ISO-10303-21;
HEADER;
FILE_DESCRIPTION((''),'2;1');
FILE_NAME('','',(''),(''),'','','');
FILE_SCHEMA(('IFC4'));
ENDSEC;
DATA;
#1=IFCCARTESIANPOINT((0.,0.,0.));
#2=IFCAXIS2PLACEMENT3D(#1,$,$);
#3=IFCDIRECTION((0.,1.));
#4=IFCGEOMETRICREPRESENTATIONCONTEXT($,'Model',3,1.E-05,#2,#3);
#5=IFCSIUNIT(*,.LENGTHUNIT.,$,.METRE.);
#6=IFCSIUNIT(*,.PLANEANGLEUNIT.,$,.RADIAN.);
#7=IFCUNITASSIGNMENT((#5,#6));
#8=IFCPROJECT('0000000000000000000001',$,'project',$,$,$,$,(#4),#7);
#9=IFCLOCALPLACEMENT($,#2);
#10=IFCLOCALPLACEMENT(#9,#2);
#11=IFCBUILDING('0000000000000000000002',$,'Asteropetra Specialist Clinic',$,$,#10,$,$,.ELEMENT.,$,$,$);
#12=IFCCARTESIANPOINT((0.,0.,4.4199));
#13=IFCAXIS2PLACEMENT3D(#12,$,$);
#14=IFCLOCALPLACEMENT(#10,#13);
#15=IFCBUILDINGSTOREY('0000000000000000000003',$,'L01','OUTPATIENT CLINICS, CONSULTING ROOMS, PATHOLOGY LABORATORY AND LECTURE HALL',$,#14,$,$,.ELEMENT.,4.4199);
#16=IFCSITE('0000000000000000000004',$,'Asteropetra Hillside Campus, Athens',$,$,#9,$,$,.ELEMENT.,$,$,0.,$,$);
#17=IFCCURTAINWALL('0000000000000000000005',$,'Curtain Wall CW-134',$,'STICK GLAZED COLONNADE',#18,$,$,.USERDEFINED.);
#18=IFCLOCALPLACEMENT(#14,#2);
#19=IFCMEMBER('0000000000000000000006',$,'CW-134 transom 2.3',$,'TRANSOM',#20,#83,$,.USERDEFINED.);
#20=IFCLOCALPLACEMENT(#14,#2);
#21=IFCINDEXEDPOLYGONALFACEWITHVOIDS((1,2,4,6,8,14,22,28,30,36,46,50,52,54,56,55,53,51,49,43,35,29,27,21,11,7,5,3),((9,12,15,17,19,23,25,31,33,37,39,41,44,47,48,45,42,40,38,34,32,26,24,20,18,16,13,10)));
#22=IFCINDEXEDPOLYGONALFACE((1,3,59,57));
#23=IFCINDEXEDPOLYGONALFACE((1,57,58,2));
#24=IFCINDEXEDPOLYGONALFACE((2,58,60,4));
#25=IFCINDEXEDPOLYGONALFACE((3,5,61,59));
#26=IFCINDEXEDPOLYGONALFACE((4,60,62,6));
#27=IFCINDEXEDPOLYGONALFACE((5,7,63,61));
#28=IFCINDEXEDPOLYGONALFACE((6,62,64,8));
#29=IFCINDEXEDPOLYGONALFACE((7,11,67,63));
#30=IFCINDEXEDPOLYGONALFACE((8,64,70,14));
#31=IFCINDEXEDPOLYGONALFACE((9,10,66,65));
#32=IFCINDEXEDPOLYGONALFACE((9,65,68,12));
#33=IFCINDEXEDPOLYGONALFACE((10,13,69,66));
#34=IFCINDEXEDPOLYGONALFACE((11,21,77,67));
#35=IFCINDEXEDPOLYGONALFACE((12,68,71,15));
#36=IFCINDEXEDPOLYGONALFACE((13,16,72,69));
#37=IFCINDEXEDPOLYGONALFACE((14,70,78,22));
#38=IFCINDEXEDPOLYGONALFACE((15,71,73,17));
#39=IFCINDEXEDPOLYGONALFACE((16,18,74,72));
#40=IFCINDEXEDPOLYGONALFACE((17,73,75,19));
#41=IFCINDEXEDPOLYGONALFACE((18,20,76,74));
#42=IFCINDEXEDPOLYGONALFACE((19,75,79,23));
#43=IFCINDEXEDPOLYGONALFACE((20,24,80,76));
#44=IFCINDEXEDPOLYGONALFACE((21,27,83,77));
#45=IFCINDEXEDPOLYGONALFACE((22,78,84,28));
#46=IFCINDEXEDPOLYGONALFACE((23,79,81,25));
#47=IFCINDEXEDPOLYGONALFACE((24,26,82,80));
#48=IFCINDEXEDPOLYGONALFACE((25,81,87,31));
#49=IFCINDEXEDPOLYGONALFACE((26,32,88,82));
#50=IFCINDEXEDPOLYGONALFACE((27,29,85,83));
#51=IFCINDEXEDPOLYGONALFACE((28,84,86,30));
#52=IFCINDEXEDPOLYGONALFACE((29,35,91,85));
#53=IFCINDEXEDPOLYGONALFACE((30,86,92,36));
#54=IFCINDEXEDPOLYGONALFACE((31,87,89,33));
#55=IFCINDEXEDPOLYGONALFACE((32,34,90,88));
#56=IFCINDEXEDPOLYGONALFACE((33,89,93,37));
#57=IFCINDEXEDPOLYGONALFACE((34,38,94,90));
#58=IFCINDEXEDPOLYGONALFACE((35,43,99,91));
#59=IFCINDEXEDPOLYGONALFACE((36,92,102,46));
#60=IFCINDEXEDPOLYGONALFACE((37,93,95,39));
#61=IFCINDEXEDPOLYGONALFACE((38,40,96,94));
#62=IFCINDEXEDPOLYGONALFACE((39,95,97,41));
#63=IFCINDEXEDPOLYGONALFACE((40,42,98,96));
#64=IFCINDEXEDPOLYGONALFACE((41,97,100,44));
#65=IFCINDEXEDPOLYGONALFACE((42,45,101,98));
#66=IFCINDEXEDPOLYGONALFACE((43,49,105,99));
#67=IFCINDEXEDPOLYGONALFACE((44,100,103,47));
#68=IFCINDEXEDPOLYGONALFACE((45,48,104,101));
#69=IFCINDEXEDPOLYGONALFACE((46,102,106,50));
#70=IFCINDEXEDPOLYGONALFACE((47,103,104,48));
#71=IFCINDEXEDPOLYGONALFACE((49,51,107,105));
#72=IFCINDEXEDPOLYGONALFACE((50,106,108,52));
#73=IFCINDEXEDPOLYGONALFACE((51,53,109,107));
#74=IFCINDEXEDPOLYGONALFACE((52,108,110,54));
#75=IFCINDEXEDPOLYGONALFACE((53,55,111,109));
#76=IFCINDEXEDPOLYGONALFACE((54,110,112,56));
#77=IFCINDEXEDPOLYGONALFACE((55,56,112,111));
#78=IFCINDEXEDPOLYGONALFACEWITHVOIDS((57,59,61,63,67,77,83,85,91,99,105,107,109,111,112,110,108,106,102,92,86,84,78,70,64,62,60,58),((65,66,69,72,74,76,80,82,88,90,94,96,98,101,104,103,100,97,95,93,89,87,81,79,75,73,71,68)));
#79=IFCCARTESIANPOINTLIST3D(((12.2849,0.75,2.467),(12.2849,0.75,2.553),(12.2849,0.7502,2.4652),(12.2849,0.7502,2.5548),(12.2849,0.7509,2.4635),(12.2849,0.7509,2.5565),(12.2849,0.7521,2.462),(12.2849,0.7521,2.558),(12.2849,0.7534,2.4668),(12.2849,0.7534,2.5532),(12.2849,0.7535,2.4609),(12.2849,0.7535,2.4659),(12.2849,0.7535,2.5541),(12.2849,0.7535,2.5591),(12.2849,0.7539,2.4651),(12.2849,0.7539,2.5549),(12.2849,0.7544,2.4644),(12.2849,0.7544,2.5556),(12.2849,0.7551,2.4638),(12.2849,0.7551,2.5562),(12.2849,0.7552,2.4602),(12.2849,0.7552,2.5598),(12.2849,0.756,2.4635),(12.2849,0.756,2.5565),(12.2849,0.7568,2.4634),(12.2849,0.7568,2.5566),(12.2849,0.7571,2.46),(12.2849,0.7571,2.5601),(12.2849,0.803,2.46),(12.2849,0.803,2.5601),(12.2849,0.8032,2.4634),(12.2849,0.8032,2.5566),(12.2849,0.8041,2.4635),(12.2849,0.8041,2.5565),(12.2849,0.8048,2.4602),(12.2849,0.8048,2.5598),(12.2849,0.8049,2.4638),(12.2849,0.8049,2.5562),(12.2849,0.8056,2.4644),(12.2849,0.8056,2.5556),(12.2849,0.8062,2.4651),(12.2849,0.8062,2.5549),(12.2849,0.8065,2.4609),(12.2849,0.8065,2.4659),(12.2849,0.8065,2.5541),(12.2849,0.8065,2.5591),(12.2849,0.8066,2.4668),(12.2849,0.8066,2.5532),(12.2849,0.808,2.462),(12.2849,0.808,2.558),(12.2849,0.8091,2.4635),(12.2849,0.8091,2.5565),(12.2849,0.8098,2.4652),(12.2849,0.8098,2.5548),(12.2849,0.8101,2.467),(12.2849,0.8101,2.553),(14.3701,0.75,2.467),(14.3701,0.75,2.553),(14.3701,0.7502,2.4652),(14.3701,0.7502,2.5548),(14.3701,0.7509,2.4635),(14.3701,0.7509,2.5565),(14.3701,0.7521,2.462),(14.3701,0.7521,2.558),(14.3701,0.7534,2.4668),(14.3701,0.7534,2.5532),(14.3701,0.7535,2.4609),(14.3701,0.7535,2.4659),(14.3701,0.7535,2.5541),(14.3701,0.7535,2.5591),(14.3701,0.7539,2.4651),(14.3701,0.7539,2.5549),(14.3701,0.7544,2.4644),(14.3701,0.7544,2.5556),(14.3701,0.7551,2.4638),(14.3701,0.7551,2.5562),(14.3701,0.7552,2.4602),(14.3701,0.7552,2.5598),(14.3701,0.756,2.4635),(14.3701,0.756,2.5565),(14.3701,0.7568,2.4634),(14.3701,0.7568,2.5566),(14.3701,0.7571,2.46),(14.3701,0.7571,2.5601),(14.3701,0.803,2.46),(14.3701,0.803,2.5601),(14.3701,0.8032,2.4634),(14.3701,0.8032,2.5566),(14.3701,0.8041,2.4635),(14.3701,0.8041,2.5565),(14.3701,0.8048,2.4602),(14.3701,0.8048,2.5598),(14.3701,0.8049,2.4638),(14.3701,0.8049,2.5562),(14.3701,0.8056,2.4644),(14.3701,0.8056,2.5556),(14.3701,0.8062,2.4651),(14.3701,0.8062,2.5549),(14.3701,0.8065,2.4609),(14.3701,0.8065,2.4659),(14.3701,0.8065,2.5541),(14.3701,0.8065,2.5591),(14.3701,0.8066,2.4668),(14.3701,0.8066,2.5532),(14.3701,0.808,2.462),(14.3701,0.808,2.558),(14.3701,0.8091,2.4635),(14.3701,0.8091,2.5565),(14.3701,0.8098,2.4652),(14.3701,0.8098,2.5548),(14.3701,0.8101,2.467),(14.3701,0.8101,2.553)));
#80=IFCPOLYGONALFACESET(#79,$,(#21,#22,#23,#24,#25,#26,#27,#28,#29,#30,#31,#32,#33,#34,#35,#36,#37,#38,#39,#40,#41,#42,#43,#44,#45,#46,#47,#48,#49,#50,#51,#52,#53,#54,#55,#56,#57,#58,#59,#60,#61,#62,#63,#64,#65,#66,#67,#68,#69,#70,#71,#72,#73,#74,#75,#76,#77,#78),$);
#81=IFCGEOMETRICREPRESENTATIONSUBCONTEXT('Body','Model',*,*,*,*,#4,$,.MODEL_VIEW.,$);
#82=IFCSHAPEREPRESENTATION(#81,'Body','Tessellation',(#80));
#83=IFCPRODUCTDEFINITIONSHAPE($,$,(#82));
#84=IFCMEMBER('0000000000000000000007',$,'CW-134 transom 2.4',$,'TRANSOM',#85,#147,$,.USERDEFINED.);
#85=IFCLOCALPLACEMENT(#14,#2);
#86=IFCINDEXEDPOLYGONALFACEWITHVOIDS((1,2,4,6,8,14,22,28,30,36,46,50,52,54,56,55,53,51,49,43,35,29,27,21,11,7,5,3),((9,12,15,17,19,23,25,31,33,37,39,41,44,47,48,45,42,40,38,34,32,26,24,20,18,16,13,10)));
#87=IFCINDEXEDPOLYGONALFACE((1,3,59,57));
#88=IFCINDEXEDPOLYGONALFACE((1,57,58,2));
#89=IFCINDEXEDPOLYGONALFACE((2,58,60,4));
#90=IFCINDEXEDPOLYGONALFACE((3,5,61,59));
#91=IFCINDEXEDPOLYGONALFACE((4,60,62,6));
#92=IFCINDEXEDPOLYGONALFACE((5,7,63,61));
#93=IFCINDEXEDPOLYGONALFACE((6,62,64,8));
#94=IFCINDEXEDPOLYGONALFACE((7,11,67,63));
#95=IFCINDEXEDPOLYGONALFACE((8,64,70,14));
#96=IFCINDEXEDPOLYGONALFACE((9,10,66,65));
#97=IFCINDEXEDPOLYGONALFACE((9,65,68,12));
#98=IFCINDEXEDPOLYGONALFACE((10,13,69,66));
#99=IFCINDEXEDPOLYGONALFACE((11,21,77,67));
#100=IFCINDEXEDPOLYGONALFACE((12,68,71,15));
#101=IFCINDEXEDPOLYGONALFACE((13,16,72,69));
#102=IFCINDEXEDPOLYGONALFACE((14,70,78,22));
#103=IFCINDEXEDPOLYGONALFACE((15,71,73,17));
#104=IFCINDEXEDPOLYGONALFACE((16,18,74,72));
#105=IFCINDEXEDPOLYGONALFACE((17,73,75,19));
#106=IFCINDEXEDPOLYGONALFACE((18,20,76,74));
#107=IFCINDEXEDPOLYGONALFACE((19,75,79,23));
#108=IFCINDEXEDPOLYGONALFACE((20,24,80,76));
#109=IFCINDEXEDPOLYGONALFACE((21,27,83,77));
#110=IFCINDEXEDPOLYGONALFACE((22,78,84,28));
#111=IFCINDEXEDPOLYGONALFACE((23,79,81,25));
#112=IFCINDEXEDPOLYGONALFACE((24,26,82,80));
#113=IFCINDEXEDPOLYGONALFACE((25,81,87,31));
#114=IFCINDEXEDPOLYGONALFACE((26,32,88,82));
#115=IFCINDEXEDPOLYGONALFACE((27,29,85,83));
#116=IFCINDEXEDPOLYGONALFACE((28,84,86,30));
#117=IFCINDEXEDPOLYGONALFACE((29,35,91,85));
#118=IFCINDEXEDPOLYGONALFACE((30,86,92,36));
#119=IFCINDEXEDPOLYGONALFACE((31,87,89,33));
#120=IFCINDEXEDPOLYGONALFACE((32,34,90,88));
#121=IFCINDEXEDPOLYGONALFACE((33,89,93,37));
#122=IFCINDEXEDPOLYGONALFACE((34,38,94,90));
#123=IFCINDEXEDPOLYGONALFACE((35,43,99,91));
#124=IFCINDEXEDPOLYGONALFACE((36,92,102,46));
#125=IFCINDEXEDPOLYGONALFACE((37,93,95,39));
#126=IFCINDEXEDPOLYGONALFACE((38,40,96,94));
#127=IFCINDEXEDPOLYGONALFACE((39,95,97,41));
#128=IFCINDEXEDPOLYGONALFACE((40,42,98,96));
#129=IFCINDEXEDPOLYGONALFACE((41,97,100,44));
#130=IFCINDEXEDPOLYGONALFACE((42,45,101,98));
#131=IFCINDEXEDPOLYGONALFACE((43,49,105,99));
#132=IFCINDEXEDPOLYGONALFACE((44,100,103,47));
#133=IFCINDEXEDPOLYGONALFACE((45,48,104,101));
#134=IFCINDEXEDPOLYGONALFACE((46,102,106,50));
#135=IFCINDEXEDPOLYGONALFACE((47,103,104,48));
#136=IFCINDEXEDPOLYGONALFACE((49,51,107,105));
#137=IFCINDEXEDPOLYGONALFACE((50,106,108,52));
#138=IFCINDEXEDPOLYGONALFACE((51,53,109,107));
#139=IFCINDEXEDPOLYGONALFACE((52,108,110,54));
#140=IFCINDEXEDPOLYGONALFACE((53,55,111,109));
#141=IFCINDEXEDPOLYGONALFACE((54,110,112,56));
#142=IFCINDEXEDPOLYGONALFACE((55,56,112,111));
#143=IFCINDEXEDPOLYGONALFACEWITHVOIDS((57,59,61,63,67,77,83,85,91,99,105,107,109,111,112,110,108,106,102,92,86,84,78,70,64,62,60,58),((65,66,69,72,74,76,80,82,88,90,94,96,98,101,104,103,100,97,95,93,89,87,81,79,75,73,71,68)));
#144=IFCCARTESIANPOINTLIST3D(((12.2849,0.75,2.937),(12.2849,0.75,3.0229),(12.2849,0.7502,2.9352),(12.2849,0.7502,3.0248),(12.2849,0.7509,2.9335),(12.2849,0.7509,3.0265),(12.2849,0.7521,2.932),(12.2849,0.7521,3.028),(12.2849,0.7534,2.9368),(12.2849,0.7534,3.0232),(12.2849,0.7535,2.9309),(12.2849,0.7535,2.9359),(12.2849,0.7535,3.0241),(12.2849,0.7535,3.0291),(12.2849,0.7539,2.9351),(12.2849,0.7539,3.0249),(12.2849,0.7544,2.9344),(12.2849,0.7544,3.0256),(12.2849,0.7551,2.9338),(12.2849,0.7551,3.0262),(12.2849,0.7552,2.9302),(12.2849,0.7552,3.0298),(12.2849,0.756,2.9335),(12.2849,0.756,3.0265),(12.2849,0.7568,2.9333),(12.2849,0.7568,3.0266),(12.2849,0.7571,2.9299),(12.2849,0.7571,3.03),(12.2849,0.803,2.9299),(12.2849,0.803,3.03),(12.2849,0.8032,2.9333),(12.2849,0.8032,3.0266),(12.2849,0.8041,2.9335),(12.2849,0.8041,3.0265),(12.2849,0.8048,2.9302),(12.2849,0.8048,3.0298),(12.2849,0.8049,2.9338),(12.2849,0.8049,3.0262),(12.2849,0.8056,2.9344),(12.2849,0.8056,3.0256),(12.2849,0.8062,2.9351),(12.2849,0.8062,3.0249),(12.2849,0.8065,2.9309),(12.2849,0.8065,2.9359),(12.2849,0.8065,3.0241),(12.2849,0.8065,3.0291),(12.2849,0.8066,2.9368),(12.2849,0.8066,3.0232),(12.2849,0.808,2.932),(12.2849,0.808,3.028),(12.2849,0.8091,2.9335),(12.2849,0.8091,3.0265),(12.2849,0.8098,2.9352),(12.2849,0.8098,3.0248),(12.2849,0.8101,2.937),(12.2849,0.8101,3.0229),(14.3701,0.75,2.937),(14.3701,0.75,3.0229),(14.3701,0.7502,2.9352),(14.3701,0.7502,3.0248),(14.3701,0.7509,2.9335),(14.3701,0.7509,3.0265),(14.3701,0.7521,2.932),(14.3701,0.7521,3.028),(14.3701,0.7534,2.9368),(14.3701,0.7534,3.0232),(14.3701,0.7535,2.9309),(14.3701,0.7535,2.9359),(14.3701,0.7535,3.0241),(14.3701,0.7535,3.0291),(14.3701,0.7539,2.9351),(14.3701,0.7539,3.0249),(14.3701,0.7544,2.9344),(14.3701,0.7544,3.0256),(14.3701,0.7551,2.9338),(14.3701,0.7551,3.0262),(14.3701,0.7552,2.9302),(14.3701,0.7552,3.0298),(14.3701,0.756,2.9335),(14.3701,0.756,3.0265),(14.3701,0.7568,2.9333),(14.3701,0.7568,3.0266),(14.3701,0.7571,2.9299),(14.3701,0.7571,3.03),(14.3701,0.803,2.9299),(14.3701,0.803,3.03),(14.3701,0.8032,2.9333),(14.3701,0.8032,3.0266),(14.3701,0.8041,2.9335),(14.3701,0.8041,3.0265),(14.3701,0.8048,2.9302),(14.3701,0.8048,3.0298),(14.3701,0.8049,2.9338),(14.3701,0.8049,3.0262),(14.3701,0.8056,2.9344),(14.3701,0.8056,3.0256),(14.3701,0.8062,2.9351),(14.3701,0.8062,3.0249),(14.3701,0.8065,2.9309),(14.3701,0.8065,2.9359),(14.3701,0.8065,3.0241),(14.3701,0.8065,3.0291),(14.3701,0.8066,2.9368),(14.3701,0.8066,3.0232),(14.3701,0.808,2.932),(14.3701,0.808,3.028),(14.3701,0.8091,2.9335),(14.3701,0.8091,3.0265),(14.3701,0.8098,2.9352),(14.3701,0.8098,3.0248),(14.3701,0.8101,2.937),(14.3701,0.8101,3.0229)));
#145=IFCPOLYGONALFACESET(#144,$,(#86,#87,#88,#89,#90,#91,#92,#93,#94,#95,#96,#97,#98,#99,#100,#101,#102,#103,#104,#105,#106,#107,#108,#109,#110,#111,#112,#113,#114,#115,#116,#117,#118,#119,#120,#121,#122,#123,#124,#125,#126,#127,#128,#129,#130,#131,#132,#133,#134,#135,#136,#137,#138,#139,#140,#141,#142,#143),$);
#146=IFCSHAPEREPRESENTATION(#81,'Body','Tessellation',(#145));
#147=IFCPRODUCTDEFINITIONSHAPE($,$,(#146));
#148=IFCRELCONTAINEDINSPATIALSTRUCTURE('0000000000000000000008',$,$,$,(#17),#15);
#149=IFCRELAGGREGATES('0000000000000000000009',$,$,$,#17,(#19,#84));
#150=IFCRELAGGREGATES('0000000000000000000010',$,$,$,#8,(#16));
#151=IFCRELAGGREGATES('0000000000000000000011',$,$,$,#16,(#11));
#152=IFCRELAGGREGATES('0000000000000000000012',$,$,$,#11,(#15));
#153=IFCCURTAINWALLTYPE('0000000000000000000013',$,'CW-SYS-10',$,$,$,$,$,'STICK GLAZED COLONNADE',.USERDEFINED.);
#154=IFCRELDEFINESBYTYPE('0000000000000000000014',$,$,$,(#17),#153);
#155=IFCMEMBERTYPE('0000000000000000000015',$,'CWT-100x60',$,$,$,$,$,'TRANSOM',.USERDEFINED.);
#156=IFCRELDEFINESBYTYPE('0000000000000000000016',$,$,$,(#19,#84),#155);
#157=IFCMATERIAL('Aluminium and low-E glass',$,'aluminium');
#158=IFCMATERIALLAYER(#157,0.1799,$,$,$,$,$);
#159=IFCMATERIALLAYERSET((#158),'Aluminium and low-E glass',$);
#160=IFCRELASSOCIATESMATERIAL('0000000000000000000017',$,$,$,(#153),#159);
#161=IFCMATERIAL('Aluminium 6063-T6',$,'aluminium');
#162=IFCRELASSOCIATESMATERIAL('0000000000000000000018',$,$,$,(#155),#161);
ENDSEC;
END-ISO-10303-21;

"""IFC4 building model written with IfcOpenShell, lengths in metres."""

from ifc_helpers import new_model, si_unit, direction, frame, origin, origin_2d, place, context, subcontext, project, spatial, hollow_rectangle, extrude, material, layer, layer_set, material_profile, profile_set, type_object, element, aggregate, save


model = new_model("IFC4")

# Units and contexts
model_context = context("Model", 3, precision=1e-05, world=origin(), true_north=direction((0.0, 1.0)))
body_context = subcontext(model_context, "Body", "Model", "MODEL_VIEW")
ifc_project = project(units=[si_unit("LENGTHUNIT", "METRE"), si_unit("PLANEANGLEUNIT", "RADIAN")], contexts=[model_context])

# Site, building, storey
site_placement = place(None, origin())
site = spatial("IfcSite", under=ifc_project, at=site_placement, Name="Asteropetra Hillside Campus, Athens", CompositionType="ELEMENT", RefElevation=0.0)
building_placement = place(site_placement, origin())
building = spatial("IfcBuilding", under=site, at=building_placement, Name="Asteropetra Specialist Clinic", CompositionType="ELEMENT")
storey_placement = place(building_placement, frame((0.0, 0.0, 4.4199)))
storey = spatial("IfcBuildingStorey", under=building, at=storey_placement, Name="L01", Description="OUTPATIENT CLINICS, CONSULTING ROOMS, PATHOLOGY LABORATORY AND LECTURE HALL", CompositionType="ELEMENT", Elevation=4.4199)

# Curtain wall, members
ifc_material_1 = material(Name="Aluminium and low-E glass", Category="aluminium")
ifc_layer_1 = layer(ifc_material_1, 0.1799)
ifc_layer_set_1 = layer_set([ifc_layer_1], Name="Aluminium and low-E glass")
curtain_wall_type = type_object("IfcCurtainWallType", Name="CW-SYS-10", ElementType="STICK GLAZED COLONNADE", PredefinedType="USERDEFINED", material=ifc_layer_set_1)
curtain_wall_placement = place(storey_placement, origin())
curtain_wall = element("IfcCurtainWall", 1, at=curtain_wall_placement, inside=storey, type_object=curtain_wall_type, Name="Curtain Wall CW-134", ObjectType="STICK GLAZED COLONNADE", PredefinedType="USERDEFINED")
ifc_material_2 = material(Name="Aluminium 6063-T6", Category="aluminium")
ifc_material_profile_1 = material_profile(ifc_material_2, hollow_rectangle(XDim=0.0601, YDim=0.1001, WallThickness=0.0034, InnerFilletRadius=0.0034, OuterFilletRadius=0.0071, at=origin_2d()), Name="TRN 100x60x3.5")
ifc_profile_set_1 = profile_set([ifc_material_profile_1], Name="Aluminium 6063-T6")
member_type_1 = type_object("IfcMemberType", Name="CWT-100x60", ElementType="TRANSOM", PredefinedType="USERDEFINED", material=ifc_profile_set_1)
member_1_placement = place(storey_placement, frame((12.2849, 0.78, 2.51), z_axis=(1.0, 0.0, 0.0), x_axis=(0.0, 1.0, 0.0)))
member_1 = element("IfcMember", 2, at=member_1_placement, type_object=member_type_1, Name="CW-134 transom 2.3", ObjectType="TRANSOM", PredefinedType="USERDEFINED", context=body_context, shape_type="SweptSolid", body=[
    extrude(hollow_rectangle(XDim=0.0601, YDim=0.1001, WallThickness=0.0034, InnerFilletRadius=0.0034, OuterFilletRadius=0.0071, at=origin_2d()), origin(), (0.0, 0.0, 1.0), 2.0852),
])
member_2_placement = place(storey_placement, frame((12.2849, 0.78, 2.98), z_axis=(1.0, 0.0, 0.0), x_axis=(0.0, 1.0, 0.0)))
member_2 = element("IfcMember", 3, at=member_2_placement, type_object=member_type_1, Name="CW-134 transom 2.4", ObjectType="TRANSOM", PredefinedType="USERDEFINED", context=body_context, shape_type="SweptSolid", body=[
    extrude(hollow_rectangle(XDim=0.0601, YDim=0.1001, WallThickness=0.0034, InnerFilletRadius=0.0034, OuterFilletRadius=0.0071, at=origin_2d()), origin(), (0.0, 0.0, 1.0), 2.0852),
])

aggregate(curtain_wall, [member_1, member_2])

save(model, "model.ifc")
